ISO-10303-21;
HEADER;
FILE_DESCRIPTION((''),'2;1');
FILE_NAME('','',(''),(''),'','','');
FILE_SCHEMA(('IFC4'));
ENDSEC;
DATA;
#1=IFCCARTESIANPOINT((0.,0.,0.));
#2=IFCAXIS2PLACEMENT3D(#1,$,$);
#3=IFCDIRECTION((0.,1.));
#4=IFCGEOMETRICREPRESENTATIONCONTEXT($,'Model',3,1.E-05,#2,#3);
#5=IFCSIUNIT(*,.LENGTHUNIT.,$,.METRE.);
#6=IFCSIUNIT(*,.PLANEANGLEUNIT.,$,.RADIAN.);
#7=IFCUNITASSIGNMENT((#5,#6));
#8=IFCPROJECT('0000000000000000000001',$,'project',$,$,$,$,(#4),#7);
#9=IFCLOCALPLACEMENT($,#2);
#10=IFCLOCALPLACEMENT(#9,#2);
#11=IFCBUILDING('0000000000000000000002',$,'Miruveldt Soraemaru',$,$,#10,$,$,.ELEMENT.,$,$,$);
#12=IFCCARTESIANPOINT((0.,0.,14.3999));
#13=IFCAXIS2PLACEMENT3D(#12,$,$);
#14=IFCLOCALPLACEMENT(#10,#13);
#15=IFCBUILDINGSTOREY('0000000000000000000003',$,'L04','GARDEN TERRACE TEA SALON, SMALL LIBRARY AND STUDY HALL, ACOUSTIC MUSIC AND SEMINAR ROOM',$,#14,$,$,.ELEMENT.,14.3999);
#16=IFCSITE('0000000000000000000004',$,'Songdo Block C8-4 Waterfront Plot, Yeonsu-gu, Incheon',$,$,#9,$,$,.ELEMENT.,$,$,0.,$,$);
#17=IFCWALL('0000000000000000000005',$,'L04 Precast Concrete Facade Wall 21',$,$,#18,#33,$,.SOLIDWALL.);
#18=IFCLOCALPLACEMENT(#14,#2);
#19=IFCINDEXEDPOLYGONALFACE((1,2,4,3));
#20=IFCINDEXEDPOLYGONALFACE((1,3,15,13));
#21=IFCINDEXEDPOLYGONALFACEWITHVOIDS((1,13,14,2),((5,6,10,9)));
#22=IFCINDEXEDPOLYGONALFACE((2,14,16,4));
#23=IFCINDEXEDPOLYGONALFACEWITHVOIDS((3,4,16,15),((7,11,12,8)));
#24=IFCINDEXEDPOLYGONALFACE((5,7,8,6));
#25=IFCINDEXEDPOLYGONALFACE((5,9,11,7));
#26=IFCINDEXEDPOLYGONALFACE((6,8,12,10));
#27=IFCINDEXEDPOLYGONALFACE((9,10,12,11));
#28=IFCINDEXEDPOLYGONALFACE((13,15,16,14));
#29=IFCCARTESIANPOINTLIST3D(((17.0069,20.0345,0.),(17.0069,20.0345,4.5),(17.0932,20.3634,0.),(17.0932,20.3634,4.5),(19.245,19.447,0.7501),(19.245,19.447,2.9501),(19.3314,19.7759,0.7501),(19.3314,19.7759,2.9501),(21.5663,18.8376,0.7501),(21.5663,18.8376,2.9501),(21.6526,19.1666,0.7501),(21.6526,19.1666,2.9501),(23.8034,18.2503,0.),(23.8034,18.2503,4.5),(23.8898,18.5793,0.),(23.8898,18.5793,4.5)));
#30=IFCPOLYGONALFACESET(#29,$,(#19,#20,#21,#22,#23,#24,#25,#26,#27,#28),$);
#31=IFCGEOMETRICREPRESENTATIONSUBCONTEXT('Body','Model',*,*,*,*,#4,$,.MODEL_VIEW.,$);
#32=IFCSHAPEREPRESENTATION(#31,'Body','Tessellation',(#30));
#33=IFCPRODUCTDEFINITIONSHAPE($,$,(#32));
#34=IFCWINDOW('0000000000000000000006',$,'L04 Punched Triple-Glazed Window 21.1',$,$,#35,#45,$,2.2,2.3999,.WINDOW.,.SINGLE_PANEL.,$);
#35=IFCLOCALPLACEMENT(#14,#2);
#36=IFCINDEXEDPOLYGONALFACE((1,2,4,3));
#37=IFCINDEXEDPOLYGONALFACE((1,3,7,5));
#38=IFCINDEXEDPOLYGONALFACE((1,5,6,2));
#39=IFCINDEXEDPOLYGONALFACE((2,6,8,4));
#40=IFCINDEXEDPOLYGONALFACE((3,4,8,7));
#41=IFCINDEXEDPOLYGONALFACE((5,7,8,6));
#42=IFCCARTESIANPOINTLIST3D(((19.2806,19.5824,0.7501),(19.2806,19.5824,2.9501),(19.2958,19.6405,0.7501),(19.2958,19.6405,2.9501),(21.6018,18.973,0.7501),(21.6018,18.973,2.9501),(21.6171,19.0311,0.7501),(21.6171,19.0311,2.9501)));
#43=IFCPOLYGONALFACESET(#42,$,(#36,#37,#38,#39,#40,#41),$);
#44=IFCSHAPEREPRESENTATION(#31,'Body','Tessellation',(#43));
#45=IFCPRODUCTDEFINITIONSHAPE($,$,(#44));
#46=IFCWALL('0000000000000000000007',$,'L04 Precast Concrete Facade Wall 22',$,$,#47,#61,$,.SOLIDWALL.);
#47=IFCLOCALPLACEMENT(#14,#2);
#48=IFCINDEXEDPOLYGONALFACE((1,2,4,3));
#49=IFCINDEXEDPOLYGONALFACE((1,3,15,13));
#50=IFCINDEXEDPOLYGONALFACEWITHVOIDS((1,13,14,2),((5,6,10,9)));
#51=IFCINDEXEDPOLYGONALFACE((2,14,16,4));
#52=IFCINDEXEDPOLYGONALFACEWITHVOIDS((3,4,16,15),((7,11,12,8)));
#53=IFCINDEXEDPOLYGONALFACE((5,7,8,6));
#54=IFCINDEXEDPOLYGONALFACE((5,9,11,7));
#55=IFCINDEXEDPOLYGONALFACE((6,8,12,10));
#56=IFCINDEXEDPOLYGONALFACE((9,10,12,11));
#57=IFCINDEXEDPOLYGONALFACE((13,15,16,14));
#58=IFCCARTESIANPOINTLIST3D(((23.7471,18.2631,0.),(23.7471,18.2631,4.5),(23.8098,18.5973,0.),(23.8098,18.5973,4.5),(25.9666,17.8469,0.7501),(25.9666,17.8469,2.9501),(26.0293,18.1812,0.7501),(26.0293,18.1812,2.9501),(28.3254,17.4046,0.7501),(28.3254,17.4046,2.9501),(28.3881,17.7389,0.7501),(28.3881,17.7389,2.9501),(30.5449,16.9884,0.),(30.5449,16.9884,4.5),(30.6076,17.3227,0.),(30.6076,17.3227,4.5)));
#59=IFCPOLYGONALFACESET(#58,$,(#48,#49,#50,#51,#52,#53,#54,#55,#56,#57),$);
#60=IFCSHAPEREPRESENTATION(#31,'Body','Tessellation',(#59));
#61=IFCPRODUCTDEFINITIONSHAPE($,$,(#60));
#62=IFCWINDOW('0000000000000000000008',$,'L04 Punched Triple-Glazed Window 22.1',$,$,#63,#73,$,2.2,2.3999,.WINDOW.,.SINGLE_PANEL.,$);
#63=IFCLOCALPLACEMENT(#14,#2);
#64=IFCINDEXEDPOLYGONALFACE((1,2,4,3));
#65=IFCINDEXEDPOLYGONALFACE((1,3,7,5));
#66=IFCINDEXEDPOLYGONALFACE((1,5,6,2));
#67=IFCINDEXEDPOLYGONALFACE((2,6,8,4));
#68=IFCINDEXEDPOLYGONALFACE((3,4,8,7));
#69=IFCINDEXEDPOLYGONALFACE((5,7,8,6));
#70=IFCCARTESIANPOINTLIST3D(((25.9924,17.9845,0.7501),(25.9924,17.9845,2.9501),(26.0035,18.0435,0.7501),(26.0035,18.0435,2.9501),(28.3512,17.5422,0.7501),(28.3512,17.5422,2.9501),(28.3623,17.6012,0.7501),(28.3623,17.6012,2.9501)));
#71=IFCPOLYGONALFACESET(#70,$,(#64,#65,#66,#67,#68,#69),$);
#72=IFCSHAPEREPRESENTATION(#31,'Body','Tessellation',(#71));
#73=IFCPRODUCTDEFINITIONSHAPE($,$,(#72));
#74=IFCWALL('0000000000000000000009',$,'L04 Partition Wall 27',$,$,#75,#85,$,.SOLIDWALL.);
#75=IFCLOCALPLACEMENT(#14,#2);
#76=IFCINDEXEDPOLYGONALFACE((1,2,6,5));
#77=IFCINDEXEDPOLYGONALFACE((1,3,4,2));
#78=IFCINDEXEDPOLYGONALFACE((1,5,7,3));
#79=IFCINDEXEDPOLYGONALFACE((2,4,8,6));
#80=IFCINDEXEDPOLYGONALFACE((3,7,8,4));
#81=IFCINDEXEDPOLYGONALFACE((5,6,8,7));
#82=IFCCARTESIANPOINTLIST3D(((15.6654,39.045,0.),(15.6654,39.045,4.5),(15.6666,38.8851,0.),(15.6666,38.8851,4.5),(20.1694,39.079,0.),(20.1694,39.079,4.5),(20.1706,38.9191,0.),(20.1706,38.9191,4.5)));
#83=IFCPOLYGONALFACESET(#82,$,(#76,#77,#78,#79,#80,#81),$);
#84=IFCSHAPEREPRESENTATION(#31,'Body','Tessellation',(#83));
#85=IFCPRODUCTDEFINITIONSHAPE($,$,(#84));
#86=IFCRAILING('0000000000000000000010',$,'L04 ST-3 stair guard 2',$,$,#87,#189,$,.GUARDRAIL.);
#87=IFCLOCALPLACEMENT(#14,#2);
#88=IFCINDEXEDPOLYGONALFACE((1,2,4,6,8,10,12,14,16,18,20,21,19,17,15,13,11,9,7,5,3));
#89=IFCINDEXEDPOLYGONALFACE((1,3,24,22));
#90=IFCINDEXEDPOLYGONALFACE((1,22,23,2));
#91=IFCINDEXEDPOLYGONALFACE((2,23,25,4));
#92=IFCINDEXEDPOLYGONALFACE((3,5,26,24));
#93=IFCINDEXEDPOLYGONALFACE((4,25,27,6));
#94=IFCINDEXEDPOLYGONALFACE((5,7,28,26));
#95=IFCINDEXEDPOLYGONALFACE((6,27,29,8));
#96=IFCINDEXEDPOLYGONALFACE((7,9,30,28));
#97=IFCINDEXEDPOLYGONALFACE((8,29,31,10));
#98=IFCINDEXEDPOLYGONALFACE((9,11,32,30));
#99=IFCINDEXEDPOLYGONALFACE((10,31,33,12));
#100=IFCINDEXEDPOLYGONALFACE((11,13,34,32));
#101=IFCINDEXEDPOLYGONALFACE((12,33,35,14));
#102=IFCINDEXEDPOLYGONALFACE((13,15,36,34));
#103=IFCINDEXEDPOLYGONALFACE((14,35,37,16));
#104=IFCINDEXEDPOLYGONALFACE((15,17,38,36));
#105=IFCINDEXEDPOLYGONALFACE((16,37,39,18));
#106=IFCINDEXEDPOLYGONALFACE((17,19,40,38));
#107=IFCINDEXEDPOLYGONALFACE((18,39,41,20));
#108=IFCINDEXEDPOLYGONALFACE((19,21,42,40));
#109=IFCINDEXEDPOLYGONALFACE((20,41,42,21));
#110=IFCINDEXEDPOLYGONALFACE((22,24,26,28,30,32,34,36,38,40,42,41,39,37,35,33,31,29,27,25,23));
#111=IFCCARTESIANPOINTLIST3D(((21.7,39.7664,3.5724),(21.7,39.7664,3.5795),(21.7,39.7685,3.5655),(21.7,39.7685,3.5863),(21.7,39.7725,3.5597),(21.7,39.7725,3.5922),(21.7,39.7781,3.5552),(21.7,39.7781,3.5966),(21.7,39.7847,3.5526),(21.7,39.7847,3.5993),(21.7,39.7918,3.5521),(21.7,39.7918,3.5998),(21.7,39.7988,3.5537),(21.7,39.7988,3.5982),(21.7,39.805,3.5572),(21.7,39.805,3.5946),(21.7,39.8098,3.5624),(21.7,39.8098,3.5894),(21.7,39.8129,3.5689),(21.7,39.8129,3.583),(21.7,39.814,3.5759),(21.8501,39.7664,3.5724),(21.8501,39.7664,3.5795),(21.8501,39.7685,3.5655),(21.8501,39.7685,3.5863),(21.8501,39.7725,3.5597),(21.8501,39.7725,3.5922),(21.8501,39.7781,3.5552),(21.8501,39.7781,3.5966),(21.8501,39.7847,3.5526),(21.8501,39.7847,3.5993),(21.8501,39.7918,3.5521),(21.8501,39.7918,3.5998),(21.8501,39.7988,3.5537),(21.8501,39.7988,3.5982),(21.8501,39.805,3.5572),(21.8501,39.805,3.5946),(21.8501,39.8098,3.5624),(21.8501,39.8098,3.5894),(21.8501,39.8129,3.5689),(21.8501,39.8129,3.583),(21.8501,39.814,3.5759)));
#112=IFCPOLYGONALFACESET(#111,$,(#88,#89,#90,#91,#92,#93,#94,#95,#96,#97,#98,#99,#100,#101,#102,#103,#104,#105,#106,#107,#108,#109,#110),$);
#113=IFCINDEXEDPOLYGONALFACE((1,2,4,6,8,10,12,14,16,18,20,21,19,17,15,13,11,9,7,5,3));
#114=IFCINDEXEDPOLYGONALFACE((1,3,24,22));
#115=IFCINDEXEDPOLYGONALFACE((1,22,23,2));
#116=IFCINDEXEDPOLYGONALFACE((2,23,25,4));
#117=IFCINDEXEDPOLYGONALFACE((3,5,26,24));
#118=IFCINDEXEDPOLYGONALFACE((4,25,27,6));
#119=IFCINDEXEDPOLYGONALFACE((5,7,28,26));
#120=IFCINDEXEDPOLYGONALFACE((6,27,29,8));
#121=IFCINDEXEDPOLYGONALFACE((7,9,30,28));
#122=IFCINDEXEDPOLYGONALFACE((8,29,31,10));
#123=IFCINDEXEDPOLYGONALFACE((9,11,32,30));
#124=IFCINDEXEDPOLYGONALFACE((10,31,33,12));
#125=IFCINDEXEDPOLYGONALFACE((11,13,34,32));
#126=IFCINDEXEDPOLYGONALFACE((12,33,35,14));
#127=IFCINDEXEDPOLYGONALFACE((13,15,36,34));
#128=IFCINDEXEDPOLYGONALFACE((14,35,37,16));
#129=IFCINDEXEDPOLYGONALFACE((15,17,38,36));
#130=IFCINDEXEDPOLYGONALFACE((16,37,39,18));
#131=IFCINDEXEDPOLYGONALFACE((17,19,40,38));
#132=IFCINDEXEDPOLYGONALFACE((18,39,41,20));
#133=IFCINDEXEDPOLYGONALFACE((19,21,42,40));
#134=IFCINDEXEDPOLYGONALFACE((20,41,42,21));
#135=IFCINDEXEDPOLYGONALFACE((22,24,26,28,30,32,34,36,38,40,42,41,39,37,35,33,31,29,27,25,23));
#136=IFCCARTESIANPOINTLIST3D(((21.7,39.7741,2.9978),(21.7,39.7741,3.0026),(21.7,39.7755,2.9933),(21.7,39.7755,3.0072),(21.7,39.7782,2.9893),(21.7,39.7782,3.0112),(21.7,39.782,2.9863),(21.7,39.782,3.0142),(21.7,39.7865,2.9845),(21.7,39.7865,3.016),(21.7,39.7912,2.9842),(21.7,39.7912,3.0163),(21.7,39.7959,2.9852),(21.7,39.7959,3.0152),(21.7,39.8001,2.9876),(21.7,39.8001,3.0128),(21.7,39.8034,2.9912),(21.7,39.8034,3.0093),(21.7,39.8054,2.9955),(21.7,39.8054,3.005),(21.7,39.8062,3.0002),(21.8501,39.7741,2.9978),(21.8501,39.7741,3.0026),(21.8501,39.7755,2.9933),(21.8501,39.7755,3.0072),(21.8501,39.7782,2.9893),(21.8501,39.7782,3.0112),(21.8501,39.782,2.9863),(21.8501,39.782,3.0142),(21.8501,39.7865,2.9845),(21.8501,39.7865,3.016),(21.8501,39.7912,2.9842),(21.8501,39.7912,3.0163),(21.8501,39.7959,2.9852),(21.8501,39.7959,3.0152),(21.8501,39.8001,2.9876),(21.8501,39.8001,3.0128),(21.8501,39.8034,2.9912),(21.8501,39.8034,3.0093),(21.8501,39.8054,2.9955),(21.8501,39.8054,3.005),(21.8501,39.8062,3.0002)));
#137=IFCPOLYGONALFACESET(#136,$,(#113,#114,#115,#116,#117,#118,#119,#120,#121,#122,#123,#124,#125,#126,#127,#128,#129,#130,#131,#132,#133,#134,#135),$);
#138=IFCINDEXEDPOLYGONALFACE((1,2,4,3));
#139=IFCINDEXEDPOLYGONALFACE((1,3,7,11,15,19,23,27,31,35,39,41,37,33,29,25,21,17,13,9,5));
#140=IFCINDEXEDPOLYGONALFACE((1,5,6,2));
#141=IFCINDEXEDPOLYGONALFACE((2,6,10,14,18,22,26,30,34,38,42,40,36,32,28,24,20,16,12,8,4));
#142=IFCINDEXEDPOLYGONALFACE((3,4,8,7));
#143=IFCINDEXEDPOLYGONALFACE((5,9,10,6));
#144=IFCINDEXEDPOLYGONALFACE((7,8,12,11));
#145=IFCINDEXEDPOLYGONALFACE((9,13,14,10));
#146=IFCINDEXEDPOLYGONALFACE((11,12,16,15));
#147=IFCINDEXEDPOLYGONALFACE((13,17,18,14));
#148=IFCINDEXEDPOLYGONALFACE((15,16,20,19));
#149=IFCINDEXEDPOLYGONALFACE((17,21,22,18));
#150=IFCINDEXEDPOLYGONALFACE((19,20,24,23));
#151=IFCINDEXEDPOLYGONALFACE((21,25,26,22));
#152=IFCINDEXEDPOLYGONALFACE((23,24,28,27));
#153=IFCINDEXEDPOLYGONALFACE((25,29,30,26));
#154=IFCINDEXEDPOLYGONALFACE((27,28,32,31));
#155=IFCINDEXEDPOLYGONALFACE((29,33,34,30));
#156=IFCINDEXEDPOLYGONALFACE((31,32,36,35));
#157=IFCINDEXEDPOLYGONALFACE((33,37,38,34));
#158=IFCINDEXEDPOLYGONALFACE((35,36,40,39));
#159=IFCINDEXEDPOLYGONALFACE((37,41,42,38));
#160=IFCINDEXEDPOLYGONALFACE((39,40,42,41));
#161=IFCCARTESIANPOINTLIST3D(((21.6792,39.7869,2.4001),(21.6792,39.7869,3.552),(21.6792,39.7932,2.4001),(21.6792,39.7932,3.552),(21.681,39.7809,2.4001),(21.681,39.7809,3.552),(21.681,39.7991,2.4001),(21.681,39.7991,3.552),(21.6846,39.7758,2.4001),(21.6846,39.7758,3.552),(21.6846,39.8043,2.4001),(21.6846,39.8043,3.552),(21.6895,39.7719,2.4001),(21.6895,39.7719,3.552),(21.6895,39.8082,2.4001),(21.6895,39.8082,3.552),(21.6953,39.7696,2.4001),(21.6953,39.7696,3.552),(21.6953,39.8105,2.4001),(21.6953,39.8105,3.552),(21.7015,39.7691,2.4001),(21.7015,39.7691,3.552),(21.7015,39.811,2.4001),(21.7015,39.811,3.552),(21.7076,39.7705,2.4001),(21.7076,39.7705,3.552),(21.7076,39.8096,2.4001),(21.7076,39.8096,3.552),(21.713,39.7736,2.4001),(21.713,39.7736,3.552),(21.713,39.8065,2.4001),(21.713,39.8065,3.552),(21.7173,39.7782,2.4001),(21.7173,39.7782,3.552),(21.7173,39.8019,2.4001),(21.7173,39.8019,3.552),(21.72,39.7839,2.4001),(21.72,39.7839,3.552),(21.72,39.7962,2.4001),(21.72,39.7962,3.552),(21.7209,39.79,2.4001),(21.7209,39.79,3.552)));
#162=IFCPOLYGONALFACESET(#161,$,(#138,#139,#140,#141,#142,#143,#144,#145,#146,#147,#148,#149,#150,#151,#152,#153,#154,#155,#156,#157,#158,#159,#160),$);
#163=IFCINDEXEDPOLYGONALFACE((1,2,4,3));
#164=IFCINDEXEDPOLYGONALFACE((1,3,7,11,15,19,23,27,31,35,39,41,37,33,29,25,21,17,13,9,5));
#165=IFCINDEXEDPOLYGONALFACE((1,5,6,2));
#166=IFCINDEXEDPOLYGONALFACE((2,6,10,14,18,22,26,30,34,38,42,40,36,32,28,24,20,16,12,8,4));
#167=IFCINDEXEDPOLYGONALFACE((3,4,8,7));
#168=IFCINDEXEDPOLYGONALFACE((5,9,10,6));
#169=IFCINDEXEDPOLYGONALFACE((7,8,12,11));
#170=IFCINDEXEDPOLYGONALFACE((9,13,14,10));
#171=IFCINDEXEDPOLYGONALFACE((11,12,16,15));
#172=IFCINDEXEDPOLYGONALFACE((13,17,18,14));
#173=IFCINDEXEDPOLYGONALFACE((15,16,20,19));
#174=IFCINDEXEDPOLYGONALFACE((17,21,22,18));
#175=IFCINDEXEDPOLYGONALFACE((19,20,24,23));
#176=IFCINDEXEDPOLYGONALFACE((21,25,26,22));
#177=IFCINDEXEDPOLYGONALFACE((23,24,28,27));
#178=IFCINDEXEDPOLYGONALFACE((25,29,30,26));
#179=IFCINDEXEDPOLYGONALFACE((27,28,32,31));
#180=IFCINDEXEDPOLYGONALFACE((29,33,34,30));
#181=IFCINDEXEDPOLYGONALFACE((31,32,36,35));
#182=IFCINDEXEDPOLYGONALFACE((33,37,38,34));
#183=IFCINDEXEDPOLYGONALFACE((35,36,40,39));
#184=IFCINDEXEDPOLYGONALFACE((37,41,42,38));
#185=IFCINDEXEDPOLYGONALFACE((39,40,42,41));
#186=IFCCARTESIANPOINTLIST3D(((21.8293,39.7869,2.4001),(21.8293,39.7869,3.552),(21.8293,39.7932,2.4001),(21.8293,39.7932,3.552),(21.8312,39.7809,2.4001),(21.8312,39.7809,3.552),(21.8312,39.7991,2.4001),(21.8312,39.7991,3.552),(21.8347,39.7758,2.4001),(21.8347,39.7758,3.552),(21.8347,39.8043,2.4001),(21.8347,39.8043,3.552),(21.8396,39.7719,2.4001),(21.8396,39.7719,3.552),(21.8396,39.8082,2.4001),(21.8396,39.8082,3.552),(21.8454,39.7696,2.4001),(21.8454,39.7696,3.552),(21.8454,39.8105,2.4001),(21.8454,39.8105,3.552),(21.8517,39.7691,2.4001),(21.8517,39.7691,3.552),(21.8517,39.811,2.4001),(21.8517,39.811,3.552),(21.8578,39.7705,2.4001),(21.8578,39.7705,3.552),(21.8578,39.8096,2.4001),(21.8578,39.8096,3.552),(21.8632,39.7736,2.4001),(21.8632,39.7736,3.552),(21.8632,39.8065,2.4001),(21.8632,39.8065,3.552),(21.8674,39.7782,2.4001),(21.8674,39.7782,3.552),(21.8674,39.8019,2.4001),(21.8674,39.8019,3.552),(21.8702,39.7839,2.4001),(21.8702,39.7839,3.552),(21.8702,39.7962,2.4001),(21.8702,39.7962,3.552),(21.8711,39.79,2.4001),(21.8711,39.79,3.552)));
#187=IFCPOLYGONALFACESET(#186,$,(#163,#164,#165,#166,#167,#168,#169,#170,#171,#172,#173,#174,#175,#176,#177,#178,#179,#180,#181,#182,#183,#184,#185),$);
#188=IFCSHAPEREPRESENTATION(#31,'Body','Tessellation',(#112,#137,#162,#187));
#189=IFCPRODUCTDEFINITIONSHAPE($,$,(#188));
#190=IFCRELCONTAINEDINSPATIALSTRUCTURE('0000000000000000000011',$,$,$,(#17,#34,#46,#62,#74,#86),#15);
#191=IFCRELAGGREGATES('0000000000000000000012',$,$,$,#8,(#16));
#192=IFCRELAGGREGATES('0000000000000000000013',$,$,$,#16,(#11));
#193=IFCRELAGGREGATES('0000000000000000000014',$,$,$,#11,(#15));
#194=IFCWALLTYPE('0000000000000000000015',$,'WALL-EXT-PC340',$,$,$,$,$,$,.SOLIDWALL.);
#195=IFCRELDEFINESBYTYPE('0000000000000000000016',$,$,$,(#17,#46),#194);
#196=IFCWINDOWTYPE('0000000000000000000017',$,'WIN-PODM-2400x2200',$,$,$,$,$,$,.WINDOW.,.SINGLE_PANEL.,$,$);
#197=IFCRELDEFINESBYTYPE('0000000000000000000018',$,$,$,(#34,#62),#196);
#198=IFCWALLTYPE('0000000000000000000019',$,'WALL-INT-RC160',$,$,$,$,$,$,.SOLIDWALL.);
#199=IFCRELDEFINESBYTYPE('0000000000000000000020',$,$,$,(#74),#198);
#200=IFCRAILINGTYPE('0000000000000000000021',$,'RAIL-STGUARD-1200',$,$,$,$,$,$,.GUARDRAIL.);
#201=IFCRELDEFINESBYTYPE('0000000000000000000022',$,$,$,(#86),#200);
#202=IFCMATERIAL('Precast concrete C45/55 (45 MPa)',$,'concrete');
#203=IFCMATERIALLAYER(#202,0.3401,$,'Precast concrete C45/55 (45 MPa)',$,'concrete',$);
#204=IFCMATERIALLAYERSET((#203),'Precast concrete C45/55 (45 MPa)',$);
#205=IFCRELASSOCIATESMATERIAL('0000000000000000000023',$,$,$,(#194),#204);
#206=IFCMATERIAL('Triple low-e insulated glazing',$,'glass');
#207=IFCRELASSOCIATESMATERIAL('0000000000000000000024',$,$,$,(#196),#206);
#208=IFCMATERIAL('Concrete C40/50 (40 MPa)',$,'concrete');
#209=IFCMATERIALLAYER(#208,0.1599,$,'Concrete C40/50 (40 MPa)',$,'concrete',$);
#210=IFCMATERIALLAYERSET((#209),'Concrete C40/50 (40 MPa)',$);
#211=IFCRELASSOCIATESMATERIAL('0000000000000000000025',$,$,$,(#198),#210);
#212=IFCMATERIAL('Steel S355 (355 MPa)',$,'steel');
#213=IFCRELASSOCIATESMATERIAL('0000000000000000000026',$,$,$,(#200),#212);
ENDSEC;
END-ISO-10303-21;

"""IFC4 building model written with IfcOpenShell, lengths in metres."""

from ifc_helpers import new_model, si_unit, direction, frame, frame_2d, origin, origin_2d, place, context, subcontext, project, spatial, rectangle, circle, extrude, material, layer, layer_set, type_object, element, fill, save


model = new_model("IFC4")

# Units and contexts
model_context = context("Model", 3, precision=1e-05, world=origin(), true_north=direction((0.0, 1.0)))
body_context = subcontext(model_context, "Body", "Model", "MODEL_VIEW")
ifc_project = project(units=[si_unit("LENGTHUNIT", "METRE"), si_unit("PLANEANGLEUNIT", "RADIAN")], contexts=[model_context])

# Site, building, storey
site_placement = place(None, origin())
site = spatial("IfcSite", under=ifc_project, at=site_placement, Name="Songdo Block C8-4 Waterfront Plot, Yeonsu-gu, Incheon", CompositionType="ELEMENT", RefElevation=0.0)
building_placement = place(site_placement, origin())
building = spatial("IfcBuilding", under=site, at=building_placement, Name="Miruveldt Soraemaru", CompositionType="ELEMENT")
storey_placement = place(building_placement, frame((0.0, 0.0, 14.3999)))
storey = spatial("IfcBuildingStorey", under=building, at=storey_placement, Name="L04", Description="GARDEN TERRACE TEA SALON, SMALL LIBRARY AND STUDY HALL, ACOUSTIC MUSIC AND SEMINAR ROOM", CompositionType="ELEMENT", Elevation=14.3999)

# Walls, openings, windows
ifc_material_1 = material(Name="Precast concrete C45/55 (45 MPa)", Category="concrete")
ifc_layer_1 = layer(ifc_material_1, 0.3401, Name="Precast concrete C45/55 (45 MPa)", Category="concrete")
ifc_layer_set_1 = layer_set([ifc_layer_1], Name="Precast concrete C45/55 (45 MPa)")
wall_type_1 = type_object("IfcWallType", Name="WALL-EXT-PC340", PredefinedType="SOLIDWALL", material=ifc_layer_set_1)
ifc_material_2 = material(Name="Triple low-e insulated glazing", Category="glass")
window_type_1 = type_object("IfcWindowType", Name="WIN-PODM-2400x2200", PartitioningType="SINGLE_PANEL", PredefinedType="WINDOW", material=ifc_material_2)
wall_1_placement = place(storey_placement, frame((17.05, 20.199, 0.0), z_axis=(0.0, 0.0, 1.0), x_axis=(0.967229, -0.253907, 0.0)))
wall_1 = element("IfcWall", 1, at=wall_1_placement, inside=storey, type_object=wall_type_1, Name="L04 Precast Concrete Facade Wall 21", PredefinedType="SOLIDWALL", context=body_context, shape_type="SweptSolid", body=[
    extrude(rectangle(XDim=7.0269, YDim=0.3401, at=frame_2d((3.5134, 0.0))), origin(), (0.0, 0.0, 1.0), 4.5),
])
opening_1_placement = place(wall_1_placement, frame((2.314, 0.0, 0.75)))
opening_1 = element("IfcOpeningElement", 2, at=opening_1_placement, cuts=wall_1, PredefinedType="OPENING", context=body_context, shape_type="SweptSolid", body=[
    extrude(rectangle(XDim=2.3999, YDim=2.2, at=frame_2d((1.2, 1.1001))), frame((0.0, 0.1802, 0.0), z_axis=(0.0, -1.0, 0.0), x_axis=(1.0, 0.0, 0.0)), (0.0, 0.0, 1.0), 0.3601),
])
window_1_placement = place(opening_1_placement, origin())
window_1 = element("IfcWindow", 3, at=window_1_placement, inside=storey, type_object=window_type_1, Name="L04 Punched Triple-Glazed Window 21.1", OverallHeight=2.2, OverallWidth=2.3999, PartitioningType="SINGLE_PANEL", PredefinedType="WINDOW", context=body_context, shape_type="SweptSolid", body=[
    extrude(rectangle(XDim=2.3999, YDim=2.2, at=frame_2d((1.2, 1.1001))), frame((0.0, 0.03, 0.0), z_axis=(0.0, -1.0, 0.0), x_axis=(1.0, 0.0, 0.0)), (0.0, 0.0, 1.0), 0.0601),
])
fill(opening_1, window_1)
wall_2_placement = place(storey_placement, frame((23.7786, 18.4302, 0.0), z_axis=(0.0, 0.0, 1.0), x_axis=(0.982871, -0.184297, 0.0)))
wall_2 = element("IfcWall", 4, at=wall_2_placement, inside=storey, type_object=wall_type_1, Name="L04 Precast Concrete Facade Wall 22", PredefinedType="SOLIDWALL", context=body_context, shape_type="SweptSolid", body=[
    extrude(rectangle(XDim=6.9163, YDim=0.3401, at=frame_2d((3.458, 0.0))), origin(), (0.0, 0.0, 1.0), 4.5),
])
opening_2_placement = place(wall_2_placement, frame((2.2581, 0.0, 0.75)))
opening_2 = element("IfcOpeningElement", 5, at=opening_2_placement, cuts=wall_2, PredefinedType="OPENING", context=body_context, shape_type="SweptSolid", body=[
    extrude(rectangle(XDim=2.3999, YDim=2.2, at=frame_2d((1.2, 1.1001))), frame((0.0, 0.1802, 0.0), z_axis=(0.0, -1.0, 0.0), x_axis=(1.0, 0.0, 0.0)), (0.0, 0.0, 1.0), 0.3601),
])
window_2_placement = place(opening_2_placement, origin())
window_2 = element("IfcWindow", 6, at=window_2_placement, inside=storey, type_object=window_type_1, Name="L04 Punched Triple-Glazed Window 22.1", OverallHeight=2.2, OverallWidth=2.3999, PartitioningType="SINGLE_PANEL", PredefinedType="WINDOW", context=body_context, shape_type="SweptSolid", body=[
    extrude(rectangle(XDim=2.3999, YDim=2.2, at=frame_2d((1.2, 1.1001))), frame((0.0, 0.03, 0.0), z_axis=(0.0, -1.0, 0.0), x_axis=(1.0, 0.0, 0.0)), (0.0, 0.0, 1.0), 0.0601),
])
fill(opening_2, window_2)

# Wall
ifc_material_3 = material(Name="Concrete C40/50 (40 MPa)", Category="concrete")
ifc_layer_2 = layer(ifc_material_3, 0.1599, Name="Concrete C40/50 (40 MPa)", Category="concrete")
ifc_layer_set_2 = layer_set([ifc_layer_2], Name="Concrete C40/50 (40 MPa)")
wall_type_2 = type_object("IfcWallType", Name="WALL-INT-RC160", PredefinedType="SOLIDWALL", material=ifc_layer_set_2)
wall_3_placement = place(storey_placement, frame((20.1699, 38.999, 0.0), z_axis=(0.0, 0.0, 1.0), x_axis=(-0.999972, -0.007534, 0.0)))
element("IfcWall", 7, at=wall_3_placement, inside=storey, type_object=wall_type_2, Name="L04 Partition Wall 27", PredefinedType="SOLIDWALL", context=body_context, shape_type="SweptSolid", body=[
    extrude(rectangle(XDim=4.5042, YDim=0.1599, at=frame_2d((2.252, 0.0))), origin(), (0.0, 0.0, 1.0), 4.5),
])

# Railing
ifc_material_4 = material(Name="Steel S355 (355 MPa)", Category="steel")
railing_type_1 = type_object("IfcRailingType", Name="RAIL-STGUARD-1200", PredefinedType="GUARDRAIL", material=ifc_material_4)
railing_1_placement = place(storey_placement, frame((21.7, 39.79, 2.4001)))
element("IfcRailing", 8, at=railing_1_placement, inside=storey, type_object=railing_type_1, Name="L04 ST-3 stair guard 2", PredefinedType="GUARDRAIL", context=body_context, shape_type="SweptSolid", body=[
    extrude(circle(Radius=0.0239, at=origin_2d()), frame((0.0, 0.0, 1.1758), z_axis=(1.0, 0.0, 0.0), x_axis=(0.0, 1.0, 0.0)), (0.0, 0.0, 1.0), 0.1501),
    extrude(circle(Radius=0.0161, at=origin_2d()), frame((0.0, 0.0, 0.6001), z_axis=(1.0, 0.0, 0.0), x_axis=(0.0, 1.0, 0.0)), (0.0, 0.0, 1.0), 0.1501),
    extrude(circle(Radius=0.021, at=origin_2d()), origin(), (0.0, 0.0, 1.0), 1.1519),
    extrude(circle(Radius=0.021, at=origin_2d()), frame((0.1501, 0.0, 0.0)), (0.0, 0.0, 1.0), 1.1519),
])

save(model, "model.ifc")
